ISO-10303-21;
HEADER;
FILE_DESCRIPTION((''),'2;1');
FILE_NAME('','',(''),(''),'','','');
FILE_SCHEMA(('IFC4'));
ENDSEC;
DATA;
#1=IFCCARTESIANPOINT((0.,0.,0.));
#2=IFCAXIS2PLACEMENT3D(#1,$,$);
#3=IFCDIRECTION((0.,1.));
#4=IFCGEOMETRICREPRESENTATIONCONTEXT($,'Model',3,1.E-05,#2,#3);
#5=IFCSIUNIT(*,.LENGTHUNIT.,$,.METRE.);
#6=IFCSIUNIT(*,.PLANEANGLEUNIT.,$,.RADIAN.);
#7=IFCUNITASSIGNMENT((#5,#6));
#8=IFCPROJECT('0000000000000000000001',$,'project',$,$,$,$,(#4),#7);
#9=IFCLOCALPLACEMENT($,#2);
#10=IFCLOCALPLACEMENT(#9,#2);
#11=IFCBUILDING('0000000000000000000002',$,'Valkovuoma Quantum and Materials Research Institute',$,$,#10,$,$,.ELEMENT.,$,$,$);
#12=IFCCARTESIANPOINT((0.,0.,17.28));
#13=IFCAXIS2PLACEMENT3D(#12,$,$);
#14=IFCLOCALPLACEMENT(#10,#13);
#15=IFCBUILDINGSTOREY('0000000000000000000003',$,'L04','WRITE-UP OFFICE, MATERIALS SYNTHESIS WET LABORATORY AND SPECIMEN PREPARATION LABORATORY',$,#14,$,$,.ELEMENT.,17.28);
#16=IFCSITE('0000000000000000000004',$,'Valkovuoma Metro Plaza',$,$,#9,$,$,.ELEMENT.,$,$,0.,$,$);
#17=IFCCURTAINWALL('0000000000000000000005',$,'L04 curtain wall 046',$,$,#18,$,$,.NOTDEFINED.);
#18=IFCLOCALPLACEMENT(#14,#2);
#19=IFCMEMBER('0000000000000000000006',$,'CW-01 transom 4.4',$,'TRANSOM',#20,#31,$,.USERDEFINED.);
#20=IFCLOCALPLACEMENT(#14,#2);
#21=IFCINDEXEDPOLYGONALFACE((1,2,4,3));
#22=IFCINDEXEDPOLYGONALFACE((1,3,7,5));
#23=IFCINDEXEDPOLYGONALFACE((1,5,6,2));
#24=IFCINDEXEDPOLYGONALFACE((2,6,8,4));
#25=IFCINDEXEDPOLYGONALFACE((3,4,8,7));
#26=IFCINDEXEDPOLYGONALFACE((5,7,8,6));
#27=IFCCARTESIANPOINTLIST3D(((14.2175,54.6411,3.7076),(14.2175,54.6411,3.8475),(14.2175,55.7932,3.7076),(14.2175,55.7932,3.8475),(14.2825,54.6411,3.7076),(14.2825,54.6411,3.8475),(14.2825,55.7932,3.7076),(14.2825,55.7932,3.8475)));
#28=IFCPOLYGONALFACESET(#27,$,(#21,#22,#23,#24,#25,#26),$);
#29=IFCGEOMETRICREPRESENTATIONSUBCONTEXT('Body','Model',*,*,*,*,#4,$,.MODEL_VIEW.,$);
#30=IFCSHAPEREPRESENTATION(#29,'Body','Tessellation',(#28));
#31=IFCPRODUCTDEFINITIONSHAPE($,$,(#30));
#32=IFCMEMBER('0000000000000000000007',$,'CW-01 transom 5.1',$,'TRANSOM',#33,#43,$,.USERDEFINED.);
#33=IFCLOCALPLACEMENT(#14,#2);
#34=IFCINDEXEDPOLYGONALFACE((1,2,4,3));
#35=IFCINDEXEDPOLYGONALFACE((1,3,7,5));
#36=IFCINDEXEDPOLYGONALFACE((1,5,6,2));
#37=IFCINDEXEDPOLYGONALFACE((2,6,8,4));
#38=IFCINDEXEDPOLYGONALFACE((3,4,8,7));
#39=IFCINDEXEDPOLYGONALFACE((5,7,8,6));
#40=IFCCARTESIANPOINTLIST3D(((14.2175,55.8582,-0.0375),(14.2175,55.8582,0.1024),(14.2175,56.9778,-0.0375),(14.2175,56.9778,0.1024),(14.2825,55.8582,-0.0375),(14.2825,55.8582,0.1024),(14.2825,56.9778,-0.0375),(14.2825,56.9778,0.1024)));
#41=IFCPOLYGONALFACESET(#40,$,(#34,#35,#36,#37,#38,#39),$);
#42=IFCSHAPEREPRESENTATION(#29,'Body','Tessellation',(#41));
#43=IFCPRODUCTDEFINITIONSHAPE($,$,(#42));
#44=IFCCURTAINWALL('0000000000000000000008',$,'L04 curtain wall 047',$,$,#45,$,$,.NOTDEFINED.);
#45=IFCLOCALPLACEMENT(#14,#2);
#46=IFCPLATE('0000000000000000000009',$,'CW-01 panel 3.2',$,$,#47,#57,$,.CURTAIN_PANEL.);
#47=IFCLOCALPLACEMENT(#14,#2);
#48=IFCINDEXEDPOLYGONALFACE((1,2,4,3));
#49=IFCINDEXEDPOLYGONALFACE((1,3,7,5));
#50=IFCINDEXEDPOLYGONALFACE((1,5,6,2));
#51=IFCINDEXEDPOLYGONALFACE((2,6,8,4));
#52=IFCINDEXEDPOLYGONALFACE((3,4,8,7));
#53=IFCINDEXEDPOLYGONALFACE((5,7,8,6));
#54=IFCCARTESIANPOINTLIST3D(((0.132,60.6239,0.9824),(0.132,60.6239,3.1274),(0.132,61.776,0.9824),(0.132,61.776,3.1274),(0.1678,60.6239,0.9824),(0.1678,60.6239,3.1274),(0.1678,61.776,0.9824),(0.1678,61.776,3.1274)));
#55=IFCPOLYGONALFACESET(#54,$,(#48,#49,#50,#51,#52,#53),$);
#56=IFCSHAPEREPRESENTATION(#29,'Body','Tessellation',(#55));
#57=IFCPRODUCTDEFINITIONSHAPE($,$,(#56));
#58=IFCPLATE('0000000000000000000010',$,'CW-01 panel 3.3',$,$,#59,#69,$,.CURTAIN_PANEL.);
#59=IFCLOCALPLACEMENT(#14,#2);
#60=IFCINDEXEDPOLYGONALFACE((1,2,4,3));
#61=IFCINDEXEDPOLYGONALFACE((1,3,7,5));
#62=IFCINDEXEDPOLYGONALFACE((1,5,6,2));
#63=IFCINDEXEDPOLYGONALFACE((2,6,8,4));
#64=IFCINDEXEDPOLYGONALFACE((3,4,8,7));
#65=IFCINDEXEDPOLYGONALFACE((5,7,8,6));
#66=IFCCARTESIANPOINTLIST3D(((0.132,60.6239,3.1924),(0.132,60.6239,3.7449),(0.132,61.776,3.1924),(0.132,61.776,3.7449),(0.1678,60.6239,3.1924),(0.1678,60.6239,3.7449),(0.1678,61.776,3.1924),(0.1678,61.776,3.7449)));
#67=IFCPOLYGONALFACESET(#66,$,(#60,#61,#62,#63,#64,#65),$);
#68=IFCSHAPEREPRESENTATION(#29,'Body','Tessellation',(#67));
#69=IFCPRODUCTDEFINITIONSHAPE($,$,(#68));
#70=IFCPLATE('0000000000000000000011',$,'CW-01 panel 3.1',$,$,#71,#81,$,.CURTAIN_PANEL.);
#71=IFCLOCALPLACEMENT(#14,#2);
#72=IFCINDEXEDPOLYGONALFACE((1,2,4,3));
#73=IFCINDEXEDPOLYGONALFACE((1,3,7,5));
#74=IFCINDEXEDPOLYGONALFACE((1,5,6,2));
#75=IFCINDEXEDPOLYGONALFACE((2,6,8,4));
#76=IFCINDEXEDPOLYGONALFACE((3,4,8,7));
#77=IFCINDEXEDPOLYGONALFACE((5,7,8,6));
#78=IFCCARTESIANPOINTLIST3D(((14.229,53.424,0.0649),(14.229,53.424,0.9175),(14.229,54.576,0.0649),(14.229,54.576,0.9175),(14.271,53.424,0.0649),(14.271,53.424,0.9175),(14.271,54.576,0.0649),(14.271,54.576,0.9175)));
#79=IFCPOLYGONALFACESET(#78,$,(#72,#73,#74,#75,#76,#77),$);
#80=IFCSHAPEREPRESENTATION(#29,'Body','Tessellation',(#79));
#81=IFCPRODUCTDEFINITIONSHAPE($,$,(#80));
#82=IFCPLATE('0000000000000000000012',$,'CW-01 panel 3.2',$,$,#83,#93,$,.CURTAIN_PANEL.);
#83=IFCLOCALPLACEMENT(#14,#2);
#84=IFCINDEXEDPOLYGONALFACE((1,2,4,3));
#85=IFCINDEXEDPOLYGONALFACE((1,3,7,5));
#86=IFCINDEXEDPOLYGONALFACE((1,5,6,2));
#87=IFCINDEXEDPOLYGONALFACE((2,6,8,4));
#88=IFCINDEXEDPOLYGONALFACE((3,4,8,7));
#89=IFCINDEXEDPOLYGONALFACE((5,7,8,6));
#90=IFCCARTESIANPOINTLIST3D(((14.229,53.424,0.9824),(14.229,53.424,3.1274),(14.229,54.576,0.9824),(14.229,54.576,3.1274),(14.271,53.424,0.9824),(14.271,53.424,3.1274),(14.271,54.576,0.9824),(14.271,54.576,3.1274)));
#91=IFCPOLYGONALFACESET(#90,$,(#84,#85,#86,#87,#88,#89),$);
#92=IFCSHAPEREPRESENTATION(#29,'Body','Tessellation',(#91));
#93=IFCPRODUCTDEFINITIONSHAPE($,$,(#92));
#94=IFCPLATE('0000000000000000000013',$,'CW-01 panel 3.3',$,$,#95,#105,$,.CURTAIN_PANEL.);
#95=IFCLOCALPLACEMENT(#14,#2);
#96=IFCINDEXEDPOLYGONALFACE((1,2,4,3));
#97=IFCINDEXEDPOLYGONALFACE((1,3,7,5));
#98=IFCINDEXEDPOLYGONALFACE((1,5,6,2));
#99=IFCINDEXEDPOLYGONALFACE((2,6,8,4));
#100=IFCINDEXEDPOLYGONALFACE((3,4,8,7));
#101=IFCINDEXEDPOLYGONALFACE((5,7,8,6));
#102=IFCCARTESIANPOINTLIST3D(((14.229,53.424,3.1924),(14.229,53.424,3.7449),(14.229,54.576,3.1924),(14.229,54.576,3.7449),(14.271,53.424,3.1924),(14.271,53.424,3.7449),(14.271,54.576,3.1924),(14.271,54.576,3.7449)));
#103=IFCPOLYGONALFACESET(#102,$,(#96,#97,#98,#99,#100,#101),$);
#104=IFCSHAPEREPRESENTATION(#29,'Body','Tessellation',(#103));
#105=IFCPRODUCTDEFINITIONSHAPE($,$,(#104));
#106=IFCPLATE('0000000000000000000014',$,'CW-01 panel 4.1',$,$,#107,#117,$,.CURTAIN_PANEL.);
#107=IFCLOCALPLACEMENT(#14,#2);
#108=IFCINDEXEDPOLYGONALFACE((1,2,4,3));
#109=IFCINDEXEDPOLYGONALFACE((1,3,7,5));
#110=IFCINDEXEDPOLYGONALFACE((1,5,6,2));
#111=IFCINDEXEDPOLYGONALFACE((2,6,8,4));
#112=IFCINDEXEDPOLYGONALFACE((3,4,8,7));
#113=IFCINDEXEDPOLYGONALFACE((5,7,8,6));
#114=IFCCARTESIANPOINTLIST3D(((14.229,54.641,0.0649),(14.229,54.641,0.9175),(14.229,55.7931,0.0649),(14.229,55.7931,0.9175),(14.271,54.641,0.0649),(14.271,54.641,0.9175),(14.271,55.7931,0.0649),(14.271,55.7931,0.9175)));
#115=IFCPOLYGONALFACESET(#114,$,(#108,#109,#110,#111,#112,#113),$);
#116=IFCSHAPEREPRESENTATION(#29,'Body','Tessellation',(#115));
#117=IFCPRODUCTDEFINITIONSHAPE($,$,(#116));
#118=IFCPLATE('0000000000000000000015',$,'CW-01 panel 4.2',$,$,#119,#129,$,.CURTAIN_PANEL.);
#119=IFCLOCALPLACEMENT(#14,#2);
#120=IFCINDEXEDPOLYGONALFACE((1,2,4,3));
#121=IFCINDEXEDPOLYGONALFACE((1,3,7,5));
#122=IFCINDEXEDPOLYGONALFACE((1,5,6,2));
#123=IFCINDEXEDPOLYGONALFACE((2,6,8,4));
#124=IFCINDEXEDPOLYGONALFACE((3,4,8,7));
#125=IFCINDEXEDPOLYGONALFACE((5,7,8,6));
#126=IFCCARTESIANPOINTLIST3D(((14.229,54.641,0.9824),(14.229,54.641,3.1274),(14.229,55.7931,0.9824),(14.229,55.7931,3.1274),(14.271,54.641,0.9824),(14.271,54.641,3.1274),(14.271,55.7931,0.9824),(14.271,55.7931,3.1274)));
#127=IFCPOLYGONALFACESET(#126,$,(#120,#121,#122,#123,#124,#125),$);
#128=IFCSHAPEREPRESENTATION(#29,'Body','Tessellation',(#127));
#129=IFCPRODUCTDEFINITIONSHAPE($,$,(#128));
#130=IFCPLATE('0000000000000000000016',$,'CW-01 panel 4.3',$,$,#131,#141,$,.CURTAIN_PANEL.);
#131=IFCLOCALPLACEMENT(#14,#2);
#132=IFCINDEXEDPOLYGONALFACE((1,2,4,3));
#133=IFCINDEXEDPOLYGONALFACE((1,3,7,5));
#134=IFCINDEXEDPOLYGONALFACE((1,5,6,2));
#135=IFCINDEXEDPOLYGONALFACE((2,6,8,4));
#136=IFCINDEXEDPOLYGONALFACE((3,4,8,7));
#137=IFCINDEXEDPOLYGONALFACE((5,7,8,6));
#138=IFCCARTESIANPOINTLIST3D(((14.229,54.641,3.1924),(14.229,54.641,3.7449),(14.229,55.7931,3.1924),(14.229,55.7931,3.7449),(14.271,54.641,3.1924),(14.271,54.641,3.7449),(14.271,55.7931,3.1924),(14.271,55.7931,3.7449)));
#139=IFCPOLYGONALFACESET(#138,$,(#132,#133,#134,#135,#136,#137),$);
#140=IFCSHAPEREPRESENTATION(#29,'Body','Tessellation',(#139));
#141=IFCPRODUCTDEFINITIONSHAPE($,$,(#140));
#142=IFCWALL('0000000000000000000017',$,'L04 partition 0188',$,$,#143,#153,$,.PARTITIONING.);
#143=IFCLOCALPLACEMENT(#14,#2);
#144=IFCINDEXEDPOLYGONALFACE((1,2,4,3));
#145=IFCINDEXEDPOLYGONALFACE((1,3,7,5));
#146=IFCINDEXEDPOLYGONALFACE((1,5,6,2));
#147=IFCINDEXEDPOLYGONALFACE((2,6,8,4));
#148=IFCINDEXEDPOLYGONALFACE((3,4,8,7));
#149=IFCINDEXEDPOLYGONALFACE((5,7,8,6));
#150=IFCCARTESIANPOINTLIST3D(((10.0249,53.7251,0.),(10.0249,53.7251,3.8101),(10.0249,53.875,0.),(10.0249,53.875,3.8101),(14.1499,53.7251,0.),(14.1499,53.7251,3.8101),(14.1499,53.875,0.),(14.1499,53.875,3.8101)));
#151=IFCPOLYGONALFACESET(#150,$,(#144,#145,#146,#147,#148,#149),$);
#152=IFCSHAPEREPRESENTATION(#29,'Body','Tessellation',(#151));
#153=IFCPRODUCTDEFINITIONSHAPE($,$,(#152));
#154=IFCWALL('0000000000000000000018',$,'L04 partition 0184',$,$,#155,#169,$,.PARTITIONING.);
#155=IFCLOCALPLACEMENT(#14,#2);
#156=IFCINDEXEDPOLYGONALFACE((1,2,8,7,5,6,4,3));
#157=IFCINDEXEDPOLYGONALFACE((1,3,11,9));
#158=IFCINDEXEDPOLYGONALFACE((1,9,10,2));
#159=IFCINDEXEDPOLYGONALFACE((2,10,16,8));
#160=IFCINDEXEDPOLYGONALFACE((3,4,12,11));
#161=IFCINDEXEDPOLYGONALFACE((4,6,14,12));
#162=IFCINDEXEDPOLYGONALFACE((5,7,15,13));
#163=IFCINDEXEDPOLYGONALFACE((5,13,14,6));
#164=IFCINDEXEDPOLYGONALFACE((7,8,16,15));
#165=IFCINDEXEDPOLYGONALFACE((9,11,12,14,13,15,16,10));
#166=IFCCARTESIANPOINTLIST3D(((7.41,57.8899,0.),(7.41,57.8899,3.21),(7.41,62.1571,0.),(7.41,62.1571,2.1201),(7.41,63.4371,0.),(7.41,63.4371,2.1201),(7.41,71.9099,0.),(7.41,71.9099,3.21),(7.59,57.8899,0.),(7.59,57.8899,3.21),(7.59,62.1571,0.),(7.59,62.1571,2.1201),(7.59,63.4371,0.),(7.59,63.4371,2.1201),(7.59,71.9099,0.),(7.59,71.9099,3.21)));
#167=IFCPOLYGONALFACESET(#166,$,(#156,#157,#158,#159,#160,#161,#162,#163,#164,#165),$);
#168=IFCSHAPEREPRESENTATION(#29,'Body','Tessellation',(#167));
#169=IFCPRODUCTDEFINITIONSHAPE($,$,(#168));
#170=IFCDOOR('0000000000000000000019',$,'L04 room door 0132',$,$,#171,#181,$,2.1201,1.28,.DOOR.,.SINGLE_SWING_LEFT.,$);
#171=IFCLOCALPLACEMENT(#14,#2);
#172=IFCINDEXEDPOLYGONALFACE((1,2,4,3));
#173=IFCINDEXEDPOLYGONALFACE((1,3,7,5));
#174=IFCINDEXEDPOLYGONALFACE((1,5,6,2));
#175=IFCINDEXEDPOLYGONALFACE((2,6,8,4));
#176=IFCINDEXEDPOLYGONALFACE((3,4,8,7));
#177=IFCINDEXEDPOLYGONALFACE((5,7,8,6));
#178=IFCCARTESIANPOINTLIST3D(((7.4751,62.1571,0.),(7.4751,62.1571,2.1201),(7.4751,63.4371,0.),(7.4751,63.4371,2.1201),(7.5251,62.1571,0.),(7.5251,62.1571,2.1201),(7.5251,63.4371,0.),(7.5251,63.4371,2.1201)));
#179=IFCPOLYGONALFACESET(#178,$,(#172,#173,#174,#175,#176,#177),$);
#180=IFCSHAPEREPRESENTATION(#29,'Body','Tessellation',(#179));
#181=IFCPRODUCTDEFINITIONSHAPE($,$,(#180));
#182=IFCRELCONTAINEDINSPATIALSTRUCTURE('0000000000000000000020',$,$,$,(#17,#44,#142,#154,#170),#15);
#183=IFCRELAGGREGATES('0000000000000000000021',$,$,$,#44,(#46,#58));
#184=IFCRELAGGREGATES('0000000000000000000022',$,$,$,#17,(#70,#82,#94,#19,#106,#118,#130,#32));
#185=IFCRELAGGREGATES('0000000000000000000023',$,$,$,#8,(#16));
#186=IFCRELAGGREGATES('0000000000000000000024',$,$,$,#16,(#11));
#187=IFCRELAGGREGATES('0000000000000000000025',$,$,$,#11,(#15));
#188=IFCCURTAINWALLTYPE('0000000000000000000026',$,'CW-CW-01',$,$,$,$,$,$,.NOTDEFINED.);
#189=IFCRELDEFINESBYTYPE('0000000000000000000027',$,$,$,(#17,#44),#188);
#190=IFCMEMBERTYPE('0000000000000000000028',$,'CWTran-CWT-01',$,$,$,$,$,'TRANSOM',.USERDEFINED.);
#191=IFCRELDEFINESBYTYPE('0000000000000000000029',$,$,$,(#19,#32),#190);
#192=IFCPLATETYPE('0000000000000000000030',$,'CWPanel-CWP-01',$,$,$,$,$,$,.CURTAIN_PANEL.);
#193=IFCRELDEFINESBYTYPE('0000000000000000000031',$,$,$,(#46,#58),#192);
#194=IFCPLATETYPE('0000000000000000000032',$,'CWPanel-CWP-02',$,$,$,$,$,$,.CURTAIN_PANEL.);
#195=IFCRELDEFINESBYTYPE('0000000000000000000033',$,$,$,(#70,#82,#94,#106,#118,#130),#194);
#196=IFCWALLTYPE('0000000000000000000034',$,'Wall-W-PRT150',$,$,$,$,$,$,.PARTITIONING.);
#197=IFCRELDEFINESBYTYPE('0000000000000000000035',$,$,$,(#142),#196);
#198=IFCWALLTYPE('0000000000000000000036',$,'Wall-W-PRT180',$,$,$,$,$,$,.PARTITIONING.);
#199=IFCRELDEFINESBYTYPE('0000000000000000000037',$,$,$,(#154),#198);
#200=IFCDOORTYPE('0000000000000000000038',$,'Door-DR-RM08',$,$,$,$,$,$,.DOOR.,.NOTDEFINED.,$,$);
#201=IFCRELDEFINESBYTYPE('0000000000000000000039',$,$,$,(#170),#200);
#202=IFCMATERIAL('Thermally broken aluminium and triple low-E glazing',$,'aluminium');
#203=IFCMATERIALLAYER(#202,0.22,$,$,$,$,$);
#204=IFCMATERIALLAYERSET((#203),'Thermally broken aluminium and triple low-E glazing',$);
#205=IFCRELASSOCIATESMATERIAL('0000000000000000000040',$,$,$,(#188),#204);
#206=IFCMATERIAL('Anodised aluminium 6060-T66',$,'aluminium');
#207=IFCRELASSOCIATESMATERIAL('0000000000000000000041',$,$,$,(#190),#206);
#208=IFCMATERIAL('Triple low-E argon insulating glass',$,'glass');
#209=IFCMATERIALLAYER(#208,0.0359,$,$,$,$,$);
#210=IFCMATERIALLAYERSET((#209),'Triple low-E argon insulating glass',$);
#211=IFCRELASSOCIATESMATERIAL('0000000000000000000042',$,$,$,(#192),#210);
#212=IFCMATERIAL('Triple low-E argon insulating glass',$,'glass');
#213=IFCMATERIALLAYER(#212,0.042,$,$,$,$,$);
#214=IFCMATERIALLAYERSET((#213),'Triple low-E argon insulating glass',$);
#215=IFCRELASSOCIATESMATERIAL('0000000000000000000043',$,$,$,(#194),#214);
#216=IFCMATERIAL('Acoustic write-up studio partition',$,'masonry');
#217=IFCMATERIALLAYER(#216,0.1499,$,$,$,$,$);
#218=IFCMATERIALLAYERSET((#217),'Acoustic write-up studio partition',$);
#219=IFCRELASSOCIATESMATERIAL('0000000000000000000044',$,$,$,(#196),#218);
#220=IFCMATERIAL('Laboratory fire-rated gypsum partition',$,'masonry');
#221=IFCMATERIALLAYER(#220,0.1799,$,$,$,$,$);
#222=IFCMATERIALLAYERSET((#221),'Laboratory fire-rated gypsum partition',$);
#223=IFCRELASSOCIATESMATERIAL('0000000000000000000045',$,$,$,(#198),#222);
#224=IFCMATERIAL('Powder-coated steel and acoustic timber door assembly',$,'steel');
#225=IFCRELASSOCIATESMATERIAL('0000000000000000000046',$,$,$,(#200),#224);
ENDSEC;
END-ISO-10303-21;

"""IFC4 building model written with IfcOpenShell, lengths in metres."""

from ifc_helpers import new_model, si_unit, direction, frame, frame_2d, origin, origin_2d, place, context, subcontext, project, spatial, rectangle, extrude, material, layer, layer_set, material_profile, profile_set, type_object, element, fill, aggregate, save


model = new_model("IFC4")

# Units and contexts
model_context = context("Model", 3, precision=1e-05, world=origin(), true_north=direction((0.0, 1.0)))
body_context = subcontext(model_context, "Body", "Model", "MODEL_VIEW")
ifc_project = project(units=[si_unit("LENGTHUNIT", "METRE"), si_unit("PLANEANGLEUNIT", "RADIAN")], contexts=[model_context])

# Site, building, storey
site_placement = place(None, origin())
site = spatial("IfcSite", under=ifc_project, at=site_placement, Name="Valkovuoma Metro Plaza", CompositionType="ELEMENT", RefElevation=0.0)
building_placement = place(site_placement, origin())
building = spatial("IfcBuilding", under=site, at=building_placement, Name="Valkovuoma Quantum and Materials Research Institute", CompositionType="ELEMENT")
storey_placement = place(building_placement, frame((0.0, 0.0, 17.28)))
storey = spatial("IfcBuildingStorey", under=building, at=storey_placement, Name="L04", Description="WRITE-UP OFFICE, MATERIALS SYNTHESIS WET LABORATORY AND SPECIMEN PREPARATION LABORATORY", CompositionType="ELEMENT", Elevation=17.28)

# Curtain wall, members
ifc_material_1 = material(Name="Thermally broken aluminium and triple low-E glazing", Category="aluminium")
ifc_layer_1 = layer(ifc_material_1, 0.22)
ifc_layer_set_1 = layer_set([ifc_layer_1], Name="Thermally broken aluminium and triple low-E glazing")
curtain_wall_type = type_object("IfcCurtainWallType", Name="CW-CW-01", PredefinedType="NOTDEFINED", material=ifc_layer_set_1)
curtain_wall_1_placement = place(storey_placement, origin())
curtain_wall_1 = element("IfcCurtainWall", 1, at=curtain_wall_1_placement, inside=storey, type_object=curtain_wall_type, Name="L04 curtain wall 046", PredefinedType="NOTDEFINED")
ifc_material_2 = material(Name="Anodised aluminium 6060-T66", Category="aluminium")
ifc_material_profile_1 = material_profile(ifc_material_2, rectangle(XDim=0.0649, YDim=0.1399, at=origin_2d()), Name="Anodised aluminium 6060-T66")
ifc_profile_set_1 = profile_set([ifc_material_profile_1], Name="Anodised aluminium 6060-T66")
member_type_1 = type_object("IfcMemberType", Name="CWTran-CWT-01", ElementType="TRANSOM", PredefinedType="USERDEFINED", material=ifc_profile_set_1)
member_1_placement = place(storey_placement, frame((14.25, 54.6411, 3.7776), z_axis=(0.0, 1.0, 0.0), x_axis=(-1.0, 0.0, 0.0)))
member_1 = element("IfcMember", 2, at=member_1_placement, type_object=member_type_1, Name="CW-01 transom 4.4", ObjectType="TRANSOM", PredefinedType="USERDEFINED", context=body_context, shape_type="SweptSolid", body=[
    extrude(rectangle(XDim=0.0649, YDim=0.1399, at=origin_2d()), origin(), (0.0, 0.0, 1.0), 1.1521),
])
member_2_placement = place(storey_placement, frame((14.25, 55.8582, 0.0325), z_axis=(0.0, 1.0, 0.0), x_axis=(-1.0, 0.0, 0.0)))
member_2 = element("IfcMember", 3, at=member_2_placement, type_object=member_type_1, Name="CW-01 transom 5.1", ObjectType="TRANSOM", PredefinedType="USERDEFINED", context=body_context, shape_type="SweptSolid", body=[
    extrude(rectangle(XDim=0.0649, YDim=0.1399, at=origin_2d()), origin(), (0.0, 0.0, 1.0), 1.1196),
])

# Curtain wall, plates
curtain_wall_2_placement = place(storey_placement, origin())
curtain_wall_2 = element("IfcCurtainWall", 4, at=curtain_wall_2_placement, inside=storey, type_object=curtain_wall_type, Name="L04 curtain wall 047", PredefinedType="NOTDEFINED")
ifc_material_3 = material(Name="Triple low-E argon insulating glass", Category="glass")
ifc_layer_2 = layer(ifc_material_3, 0.0359)
ifc_layer_set_2 = layer_set([ifc_layer_2], Name="Triple low-E argon insulating glass")
plate_type_1 = type_object("IfcPlateType", Name="CWPanel-CWP-01", PredefinedType="CURTAIN_PANEL", material=ifc_layer_set_2)
plate_1_placement = place(storey_placement, frame((0.1499, 61.2, 0.9824), z_axis=(0.0, 0.0, 1.0), x_axis=(0.0, 1.0, 0.0)))
plate_1 = element("IfcPlate", 5, at=plate_1_placement, type_object=plate_type_1, Name="CW-01 panel 3.2", PredefinedType="CURTAIN_PANEL", context=body_context, shape_type="SweptSolid", body=[
    extrude(rectangle(XDim=1.1521, YDim=0.0359, at=origin_2d()), origin(), (0.0, 0.0, 1.0), 2.145),
])
plate_2_placement = place(storey_placement, frame((0.1499, 61.2, 3.1924), z_axis=(0.0, 0.0, 1.0), x_axis=(0.0, 1.0, 0.0)))
plate_2 = element("IfcPlate", 6, at=plate_2_placement, type_object=plate_type_1, Name="CW-01 panel 3.3", PredefinedType="CURTAIN_PANEL", context=body_context, shape_type="SweptSolid", body=[
    extrude(rectangle(XDim=1.1521, YDim=0.0359, at=origin_2d()), origin(), (0.0, 0.0, 1.0), 0.5525),
])
aggregate(curtain_wall_2, [plate_1, plate_2])

# Plates
ifc_material_4 = material(Name="Triple low-E argon insulating glass", Category="glass")
ifc_layer_3 = layer(ifc_material_4, 0.042)
ifc_layer_set_3 = layer_set([ifc_layer_3], Name="Triple low-E argon insulating glass")
plate_type_2 = type_object("IfcPlateType", Name="CWPanel-CWP-02", PredefinedType="CURTAIN_PANEL", material=ifc_layer_set_3)
plate_3_placement = place(storey_placement, frame((14.25, 54.0, 0.0649), z_axis=(0.0, 0.0, 1.0), x_axis=(0.0, 1.0, 0.0)))
plate_3 = element("IfcPlate", 7, at=plate_3_placement, type_object=plate_type_2, Name="CW-01 panel 3.1", PredefinedType="CURTAIN_PANEL", context=body_context, shape_type="SweptSolid", body=[
    extrude(rectangle(XDim=1.1521, YDim=0.042, at=origin_2d()), origin(), (0.0, 0.0, 1.0), 0.8525),
])
plate_4_placement = place(storey_placement, frame((14.25, 54.0, 0.9824), z_axis=(0.0, 0.0, 1.0), x_axis=(0.0, 1.0, 0.0)))
plate_4 = element("IfcPlate", 8, at=plate_4_placement, type_object=plate_type_2, Name="CW-01 panel 3.2", PredefinedType="CURTAIN_PANEL", context=body_context, shape_type="SweptSolid", body=[
    extrude(rectangle(XDim=1.1521, YDim=0.042, at=origin_2d()), origin(), (0.0, 0.0, 1.0), 2.145),
])
plate_5_placement = place(storey_placement, frame((14.25, 54.0, 3.1924), z_axis=(0.0, 0.0, 1.0), x_axis=(0.0, 1.0, 0.0)))
plate_5 = element("IfcPlate", 9, at=plate_5_placement, type_object=plate_type_2, Name="CW-01 panel 3.3", PredefinedType="CURTAIN_PANEL", context=body_context, shape_type="SweptSolid", body=[
    extrude(rectangle(XDim=1.1521, YDim=0.042, at=origin_2d()), origin(), (0.0, 0.0, 1.0), 0.5525),
])
plate_6_placement = place(storey_placement, frame((14.25, 55.217, 0.0649), z_axis=(0.0, 0.0, 1.0), x_axis=(0.0, 1.0, 0.0)))
plate_6 = element("IfcPlate", 10, at=plate_6_placement, type_object=plate_type_2, Name="CW-01 panel 4.1", PredefinedType="CURTAIN_PANEL", context=body_context, shape_type="SweptSolid", body=[
    extrude(rectangle(XDim=1.1521, YDim=0.042, at=origin_2d()), origin(), (0.0, 0.0, 1.0), 0.8525),
])
plate_7_placement = place(storey_placement, frame((14.25, 55.217, 0.9824), z_axis=(0.0, 0.0, 1.0), x_axis=(0.0, 1.0, 0.0)))
plate_7 = element("IfcPlate", 11, at=plate_7_placement, type_object=plate_type_2, Name="CW-01 panel 4.2", PredefinedType="CURTAIN_PANEL", context=body_context, shape_type="SweptSolid", body=[
    extrude(rectangle(XDim=1.1521, YDim=0.042, at=origin_2d()), origin(), (0.0, 0.0, 1.0), 2.145),
])
plate_8_placement = place(storey_placement, frame((14.25, 55.217, 3.1924), z_axis=(0.0, 0.0, 1.0), x_axis=(0.0, 1.0, 0.0)))
plate_8 = element("IfcPlate", 12, at=plate_8_placement, type_object=plate_type_2, Name="CW-01 panel 4.3", PredefinedType="CURTAIN_PANEL", context=body_context, shape_type="SweptSolid", body=[
    extrude(rectangle(XDim=1.1521, YDim=0.042, at=origin_2d()), origin(), (0.0, 0.0, 1.0), 0.5525),
])
aggregate(curtain_wall_1, [plate_3, plate_4, plate_5, member_1, plate_6, plate_7, plate_8, member_2])

# Wall
ifc_material_5 = material(Name="Acoustic write-up studio partition", Category="masonry")
ifc_layer_4 = layer(ifc_material_5, 0.1499)
ifc_layer_set_4 = layer_set([ifc_layer_4], Name="Acoustic write-up studio partition")
wall_type_1 = type_object("IfcWallType", Name="Wall-W-PRT150", PredefinedType="PARTITIONING", material=ifc_layer_set_4)
wall_1_placement = place(storey_placement, frame((10.0249, 53.8, 0.0), z_axis=(0.0, 0.0, 1.0), x_axis=(1.0, 0.0, 0.0)))
element("IfcWall", 13, at=wall_1_placement, inside=storey, type_object=wall_type_1, Name="L04 partition 0188", PredefinedType="PARTITIONING", context=body_context, shape_type="SweptSolid", body=[
    extrude(rectangle(XDim=4.125, YDim=0.1499, at=frame_2d((2.0625, 0.0))), origin(), (0.0, 0.0, 1.0), 3.8101),
])

# Wall, opening, door
ifc_material_6 = material(Name="Laboratory fire-rated gypsum partition", Category="masonry")
ifc_layer_5 = layer(ifc_material_6, 0.1799)
ifc_layer_set_5 = layer_set([ifc_layer_5], Name="Laboratory fire-rated gypsum partition")
wall_type_2 = type_object("IfcWallType", Name="Wall-W-PRT180", PredefinedType="PARTITIONING", material=ifc_layer_set_5)
wall_2_placement = place(storey_placement, frame((7.5, 57.8899, 0.0), z_axis=(0.0, 0.0, 1.0), x_axis=(0.0, 1.0, 0.0)))
wall_2 = element("IfcWall", 14, at=wall_2_placement, inside=storey, type_object=wall_type_2, Name="L04 partition 0184", PredefinedType="PARTITIONING", context=body_context, shape_type="SweptSolid", body=[
    extrude(rectangle(XDim=14.02, YDim=0.1799, at=frame_2d((7.01, 0.0))), origin(), (0.0, 0.0, 1.0), 3.21),
])
opening_1_placement = place(wall_2_placement, frame((4.2671, 0.0, 0.0)))
opening_1 = element("IfcOpeningElement", 15, at=opening_1_placement, cuts=wall_2, PredefinedType="OPENING", context=body_context, shape_type="SweptSolid", body=[
    extrude(rectangle(XDim=1.28, YDim=2.1201, at=frame_2d((0.6401, 1.0601))), frame((0.0, 0.1001, 0.0), z_axis=(0.0, -1.0, 0.0), x_axis=(1.0, 0.0, 0.0)), (0.0, 0.0, 1.0), 0.2),
])
ifc_material_7 = material(Name="Powder-coated steel and acoustic timber door assembly", Category="steel")
door_type_1 = type_object("IfcDoorType", Name="Door-DR-RM08", OperationType="NOTDEFINED", PredefinedType="DOOR", material=ifc_material_7)
door_1_placement = place(opening_1_placement, origin())
door_1 = element("IfcDoor", 16, at=door_1_placement, inside=storey, type_object=door_type_1, Name="L04 room door 0132", OperationType="SINGLE_SWING_LEFT", OverallHeight=2.1201, OverallWidth=1.28, PredefinedType="DOOR", context=body_context, shape_type="SweptSolid", body=[
    extrude(rectangle(XDim=1.28, YDim=2.1201, at=frame_2d((0.6401, 1.0601))), frame((0.0, 0.0249, 0.0), z_axis=(0.0, -1.0, 0.0), x_axis=(1.0, 0.0, 0.0)), (0.0, 0.0, 1.0), 0.05),
])
fill(opening_1, door_1)

save(model, "model.ifc")
